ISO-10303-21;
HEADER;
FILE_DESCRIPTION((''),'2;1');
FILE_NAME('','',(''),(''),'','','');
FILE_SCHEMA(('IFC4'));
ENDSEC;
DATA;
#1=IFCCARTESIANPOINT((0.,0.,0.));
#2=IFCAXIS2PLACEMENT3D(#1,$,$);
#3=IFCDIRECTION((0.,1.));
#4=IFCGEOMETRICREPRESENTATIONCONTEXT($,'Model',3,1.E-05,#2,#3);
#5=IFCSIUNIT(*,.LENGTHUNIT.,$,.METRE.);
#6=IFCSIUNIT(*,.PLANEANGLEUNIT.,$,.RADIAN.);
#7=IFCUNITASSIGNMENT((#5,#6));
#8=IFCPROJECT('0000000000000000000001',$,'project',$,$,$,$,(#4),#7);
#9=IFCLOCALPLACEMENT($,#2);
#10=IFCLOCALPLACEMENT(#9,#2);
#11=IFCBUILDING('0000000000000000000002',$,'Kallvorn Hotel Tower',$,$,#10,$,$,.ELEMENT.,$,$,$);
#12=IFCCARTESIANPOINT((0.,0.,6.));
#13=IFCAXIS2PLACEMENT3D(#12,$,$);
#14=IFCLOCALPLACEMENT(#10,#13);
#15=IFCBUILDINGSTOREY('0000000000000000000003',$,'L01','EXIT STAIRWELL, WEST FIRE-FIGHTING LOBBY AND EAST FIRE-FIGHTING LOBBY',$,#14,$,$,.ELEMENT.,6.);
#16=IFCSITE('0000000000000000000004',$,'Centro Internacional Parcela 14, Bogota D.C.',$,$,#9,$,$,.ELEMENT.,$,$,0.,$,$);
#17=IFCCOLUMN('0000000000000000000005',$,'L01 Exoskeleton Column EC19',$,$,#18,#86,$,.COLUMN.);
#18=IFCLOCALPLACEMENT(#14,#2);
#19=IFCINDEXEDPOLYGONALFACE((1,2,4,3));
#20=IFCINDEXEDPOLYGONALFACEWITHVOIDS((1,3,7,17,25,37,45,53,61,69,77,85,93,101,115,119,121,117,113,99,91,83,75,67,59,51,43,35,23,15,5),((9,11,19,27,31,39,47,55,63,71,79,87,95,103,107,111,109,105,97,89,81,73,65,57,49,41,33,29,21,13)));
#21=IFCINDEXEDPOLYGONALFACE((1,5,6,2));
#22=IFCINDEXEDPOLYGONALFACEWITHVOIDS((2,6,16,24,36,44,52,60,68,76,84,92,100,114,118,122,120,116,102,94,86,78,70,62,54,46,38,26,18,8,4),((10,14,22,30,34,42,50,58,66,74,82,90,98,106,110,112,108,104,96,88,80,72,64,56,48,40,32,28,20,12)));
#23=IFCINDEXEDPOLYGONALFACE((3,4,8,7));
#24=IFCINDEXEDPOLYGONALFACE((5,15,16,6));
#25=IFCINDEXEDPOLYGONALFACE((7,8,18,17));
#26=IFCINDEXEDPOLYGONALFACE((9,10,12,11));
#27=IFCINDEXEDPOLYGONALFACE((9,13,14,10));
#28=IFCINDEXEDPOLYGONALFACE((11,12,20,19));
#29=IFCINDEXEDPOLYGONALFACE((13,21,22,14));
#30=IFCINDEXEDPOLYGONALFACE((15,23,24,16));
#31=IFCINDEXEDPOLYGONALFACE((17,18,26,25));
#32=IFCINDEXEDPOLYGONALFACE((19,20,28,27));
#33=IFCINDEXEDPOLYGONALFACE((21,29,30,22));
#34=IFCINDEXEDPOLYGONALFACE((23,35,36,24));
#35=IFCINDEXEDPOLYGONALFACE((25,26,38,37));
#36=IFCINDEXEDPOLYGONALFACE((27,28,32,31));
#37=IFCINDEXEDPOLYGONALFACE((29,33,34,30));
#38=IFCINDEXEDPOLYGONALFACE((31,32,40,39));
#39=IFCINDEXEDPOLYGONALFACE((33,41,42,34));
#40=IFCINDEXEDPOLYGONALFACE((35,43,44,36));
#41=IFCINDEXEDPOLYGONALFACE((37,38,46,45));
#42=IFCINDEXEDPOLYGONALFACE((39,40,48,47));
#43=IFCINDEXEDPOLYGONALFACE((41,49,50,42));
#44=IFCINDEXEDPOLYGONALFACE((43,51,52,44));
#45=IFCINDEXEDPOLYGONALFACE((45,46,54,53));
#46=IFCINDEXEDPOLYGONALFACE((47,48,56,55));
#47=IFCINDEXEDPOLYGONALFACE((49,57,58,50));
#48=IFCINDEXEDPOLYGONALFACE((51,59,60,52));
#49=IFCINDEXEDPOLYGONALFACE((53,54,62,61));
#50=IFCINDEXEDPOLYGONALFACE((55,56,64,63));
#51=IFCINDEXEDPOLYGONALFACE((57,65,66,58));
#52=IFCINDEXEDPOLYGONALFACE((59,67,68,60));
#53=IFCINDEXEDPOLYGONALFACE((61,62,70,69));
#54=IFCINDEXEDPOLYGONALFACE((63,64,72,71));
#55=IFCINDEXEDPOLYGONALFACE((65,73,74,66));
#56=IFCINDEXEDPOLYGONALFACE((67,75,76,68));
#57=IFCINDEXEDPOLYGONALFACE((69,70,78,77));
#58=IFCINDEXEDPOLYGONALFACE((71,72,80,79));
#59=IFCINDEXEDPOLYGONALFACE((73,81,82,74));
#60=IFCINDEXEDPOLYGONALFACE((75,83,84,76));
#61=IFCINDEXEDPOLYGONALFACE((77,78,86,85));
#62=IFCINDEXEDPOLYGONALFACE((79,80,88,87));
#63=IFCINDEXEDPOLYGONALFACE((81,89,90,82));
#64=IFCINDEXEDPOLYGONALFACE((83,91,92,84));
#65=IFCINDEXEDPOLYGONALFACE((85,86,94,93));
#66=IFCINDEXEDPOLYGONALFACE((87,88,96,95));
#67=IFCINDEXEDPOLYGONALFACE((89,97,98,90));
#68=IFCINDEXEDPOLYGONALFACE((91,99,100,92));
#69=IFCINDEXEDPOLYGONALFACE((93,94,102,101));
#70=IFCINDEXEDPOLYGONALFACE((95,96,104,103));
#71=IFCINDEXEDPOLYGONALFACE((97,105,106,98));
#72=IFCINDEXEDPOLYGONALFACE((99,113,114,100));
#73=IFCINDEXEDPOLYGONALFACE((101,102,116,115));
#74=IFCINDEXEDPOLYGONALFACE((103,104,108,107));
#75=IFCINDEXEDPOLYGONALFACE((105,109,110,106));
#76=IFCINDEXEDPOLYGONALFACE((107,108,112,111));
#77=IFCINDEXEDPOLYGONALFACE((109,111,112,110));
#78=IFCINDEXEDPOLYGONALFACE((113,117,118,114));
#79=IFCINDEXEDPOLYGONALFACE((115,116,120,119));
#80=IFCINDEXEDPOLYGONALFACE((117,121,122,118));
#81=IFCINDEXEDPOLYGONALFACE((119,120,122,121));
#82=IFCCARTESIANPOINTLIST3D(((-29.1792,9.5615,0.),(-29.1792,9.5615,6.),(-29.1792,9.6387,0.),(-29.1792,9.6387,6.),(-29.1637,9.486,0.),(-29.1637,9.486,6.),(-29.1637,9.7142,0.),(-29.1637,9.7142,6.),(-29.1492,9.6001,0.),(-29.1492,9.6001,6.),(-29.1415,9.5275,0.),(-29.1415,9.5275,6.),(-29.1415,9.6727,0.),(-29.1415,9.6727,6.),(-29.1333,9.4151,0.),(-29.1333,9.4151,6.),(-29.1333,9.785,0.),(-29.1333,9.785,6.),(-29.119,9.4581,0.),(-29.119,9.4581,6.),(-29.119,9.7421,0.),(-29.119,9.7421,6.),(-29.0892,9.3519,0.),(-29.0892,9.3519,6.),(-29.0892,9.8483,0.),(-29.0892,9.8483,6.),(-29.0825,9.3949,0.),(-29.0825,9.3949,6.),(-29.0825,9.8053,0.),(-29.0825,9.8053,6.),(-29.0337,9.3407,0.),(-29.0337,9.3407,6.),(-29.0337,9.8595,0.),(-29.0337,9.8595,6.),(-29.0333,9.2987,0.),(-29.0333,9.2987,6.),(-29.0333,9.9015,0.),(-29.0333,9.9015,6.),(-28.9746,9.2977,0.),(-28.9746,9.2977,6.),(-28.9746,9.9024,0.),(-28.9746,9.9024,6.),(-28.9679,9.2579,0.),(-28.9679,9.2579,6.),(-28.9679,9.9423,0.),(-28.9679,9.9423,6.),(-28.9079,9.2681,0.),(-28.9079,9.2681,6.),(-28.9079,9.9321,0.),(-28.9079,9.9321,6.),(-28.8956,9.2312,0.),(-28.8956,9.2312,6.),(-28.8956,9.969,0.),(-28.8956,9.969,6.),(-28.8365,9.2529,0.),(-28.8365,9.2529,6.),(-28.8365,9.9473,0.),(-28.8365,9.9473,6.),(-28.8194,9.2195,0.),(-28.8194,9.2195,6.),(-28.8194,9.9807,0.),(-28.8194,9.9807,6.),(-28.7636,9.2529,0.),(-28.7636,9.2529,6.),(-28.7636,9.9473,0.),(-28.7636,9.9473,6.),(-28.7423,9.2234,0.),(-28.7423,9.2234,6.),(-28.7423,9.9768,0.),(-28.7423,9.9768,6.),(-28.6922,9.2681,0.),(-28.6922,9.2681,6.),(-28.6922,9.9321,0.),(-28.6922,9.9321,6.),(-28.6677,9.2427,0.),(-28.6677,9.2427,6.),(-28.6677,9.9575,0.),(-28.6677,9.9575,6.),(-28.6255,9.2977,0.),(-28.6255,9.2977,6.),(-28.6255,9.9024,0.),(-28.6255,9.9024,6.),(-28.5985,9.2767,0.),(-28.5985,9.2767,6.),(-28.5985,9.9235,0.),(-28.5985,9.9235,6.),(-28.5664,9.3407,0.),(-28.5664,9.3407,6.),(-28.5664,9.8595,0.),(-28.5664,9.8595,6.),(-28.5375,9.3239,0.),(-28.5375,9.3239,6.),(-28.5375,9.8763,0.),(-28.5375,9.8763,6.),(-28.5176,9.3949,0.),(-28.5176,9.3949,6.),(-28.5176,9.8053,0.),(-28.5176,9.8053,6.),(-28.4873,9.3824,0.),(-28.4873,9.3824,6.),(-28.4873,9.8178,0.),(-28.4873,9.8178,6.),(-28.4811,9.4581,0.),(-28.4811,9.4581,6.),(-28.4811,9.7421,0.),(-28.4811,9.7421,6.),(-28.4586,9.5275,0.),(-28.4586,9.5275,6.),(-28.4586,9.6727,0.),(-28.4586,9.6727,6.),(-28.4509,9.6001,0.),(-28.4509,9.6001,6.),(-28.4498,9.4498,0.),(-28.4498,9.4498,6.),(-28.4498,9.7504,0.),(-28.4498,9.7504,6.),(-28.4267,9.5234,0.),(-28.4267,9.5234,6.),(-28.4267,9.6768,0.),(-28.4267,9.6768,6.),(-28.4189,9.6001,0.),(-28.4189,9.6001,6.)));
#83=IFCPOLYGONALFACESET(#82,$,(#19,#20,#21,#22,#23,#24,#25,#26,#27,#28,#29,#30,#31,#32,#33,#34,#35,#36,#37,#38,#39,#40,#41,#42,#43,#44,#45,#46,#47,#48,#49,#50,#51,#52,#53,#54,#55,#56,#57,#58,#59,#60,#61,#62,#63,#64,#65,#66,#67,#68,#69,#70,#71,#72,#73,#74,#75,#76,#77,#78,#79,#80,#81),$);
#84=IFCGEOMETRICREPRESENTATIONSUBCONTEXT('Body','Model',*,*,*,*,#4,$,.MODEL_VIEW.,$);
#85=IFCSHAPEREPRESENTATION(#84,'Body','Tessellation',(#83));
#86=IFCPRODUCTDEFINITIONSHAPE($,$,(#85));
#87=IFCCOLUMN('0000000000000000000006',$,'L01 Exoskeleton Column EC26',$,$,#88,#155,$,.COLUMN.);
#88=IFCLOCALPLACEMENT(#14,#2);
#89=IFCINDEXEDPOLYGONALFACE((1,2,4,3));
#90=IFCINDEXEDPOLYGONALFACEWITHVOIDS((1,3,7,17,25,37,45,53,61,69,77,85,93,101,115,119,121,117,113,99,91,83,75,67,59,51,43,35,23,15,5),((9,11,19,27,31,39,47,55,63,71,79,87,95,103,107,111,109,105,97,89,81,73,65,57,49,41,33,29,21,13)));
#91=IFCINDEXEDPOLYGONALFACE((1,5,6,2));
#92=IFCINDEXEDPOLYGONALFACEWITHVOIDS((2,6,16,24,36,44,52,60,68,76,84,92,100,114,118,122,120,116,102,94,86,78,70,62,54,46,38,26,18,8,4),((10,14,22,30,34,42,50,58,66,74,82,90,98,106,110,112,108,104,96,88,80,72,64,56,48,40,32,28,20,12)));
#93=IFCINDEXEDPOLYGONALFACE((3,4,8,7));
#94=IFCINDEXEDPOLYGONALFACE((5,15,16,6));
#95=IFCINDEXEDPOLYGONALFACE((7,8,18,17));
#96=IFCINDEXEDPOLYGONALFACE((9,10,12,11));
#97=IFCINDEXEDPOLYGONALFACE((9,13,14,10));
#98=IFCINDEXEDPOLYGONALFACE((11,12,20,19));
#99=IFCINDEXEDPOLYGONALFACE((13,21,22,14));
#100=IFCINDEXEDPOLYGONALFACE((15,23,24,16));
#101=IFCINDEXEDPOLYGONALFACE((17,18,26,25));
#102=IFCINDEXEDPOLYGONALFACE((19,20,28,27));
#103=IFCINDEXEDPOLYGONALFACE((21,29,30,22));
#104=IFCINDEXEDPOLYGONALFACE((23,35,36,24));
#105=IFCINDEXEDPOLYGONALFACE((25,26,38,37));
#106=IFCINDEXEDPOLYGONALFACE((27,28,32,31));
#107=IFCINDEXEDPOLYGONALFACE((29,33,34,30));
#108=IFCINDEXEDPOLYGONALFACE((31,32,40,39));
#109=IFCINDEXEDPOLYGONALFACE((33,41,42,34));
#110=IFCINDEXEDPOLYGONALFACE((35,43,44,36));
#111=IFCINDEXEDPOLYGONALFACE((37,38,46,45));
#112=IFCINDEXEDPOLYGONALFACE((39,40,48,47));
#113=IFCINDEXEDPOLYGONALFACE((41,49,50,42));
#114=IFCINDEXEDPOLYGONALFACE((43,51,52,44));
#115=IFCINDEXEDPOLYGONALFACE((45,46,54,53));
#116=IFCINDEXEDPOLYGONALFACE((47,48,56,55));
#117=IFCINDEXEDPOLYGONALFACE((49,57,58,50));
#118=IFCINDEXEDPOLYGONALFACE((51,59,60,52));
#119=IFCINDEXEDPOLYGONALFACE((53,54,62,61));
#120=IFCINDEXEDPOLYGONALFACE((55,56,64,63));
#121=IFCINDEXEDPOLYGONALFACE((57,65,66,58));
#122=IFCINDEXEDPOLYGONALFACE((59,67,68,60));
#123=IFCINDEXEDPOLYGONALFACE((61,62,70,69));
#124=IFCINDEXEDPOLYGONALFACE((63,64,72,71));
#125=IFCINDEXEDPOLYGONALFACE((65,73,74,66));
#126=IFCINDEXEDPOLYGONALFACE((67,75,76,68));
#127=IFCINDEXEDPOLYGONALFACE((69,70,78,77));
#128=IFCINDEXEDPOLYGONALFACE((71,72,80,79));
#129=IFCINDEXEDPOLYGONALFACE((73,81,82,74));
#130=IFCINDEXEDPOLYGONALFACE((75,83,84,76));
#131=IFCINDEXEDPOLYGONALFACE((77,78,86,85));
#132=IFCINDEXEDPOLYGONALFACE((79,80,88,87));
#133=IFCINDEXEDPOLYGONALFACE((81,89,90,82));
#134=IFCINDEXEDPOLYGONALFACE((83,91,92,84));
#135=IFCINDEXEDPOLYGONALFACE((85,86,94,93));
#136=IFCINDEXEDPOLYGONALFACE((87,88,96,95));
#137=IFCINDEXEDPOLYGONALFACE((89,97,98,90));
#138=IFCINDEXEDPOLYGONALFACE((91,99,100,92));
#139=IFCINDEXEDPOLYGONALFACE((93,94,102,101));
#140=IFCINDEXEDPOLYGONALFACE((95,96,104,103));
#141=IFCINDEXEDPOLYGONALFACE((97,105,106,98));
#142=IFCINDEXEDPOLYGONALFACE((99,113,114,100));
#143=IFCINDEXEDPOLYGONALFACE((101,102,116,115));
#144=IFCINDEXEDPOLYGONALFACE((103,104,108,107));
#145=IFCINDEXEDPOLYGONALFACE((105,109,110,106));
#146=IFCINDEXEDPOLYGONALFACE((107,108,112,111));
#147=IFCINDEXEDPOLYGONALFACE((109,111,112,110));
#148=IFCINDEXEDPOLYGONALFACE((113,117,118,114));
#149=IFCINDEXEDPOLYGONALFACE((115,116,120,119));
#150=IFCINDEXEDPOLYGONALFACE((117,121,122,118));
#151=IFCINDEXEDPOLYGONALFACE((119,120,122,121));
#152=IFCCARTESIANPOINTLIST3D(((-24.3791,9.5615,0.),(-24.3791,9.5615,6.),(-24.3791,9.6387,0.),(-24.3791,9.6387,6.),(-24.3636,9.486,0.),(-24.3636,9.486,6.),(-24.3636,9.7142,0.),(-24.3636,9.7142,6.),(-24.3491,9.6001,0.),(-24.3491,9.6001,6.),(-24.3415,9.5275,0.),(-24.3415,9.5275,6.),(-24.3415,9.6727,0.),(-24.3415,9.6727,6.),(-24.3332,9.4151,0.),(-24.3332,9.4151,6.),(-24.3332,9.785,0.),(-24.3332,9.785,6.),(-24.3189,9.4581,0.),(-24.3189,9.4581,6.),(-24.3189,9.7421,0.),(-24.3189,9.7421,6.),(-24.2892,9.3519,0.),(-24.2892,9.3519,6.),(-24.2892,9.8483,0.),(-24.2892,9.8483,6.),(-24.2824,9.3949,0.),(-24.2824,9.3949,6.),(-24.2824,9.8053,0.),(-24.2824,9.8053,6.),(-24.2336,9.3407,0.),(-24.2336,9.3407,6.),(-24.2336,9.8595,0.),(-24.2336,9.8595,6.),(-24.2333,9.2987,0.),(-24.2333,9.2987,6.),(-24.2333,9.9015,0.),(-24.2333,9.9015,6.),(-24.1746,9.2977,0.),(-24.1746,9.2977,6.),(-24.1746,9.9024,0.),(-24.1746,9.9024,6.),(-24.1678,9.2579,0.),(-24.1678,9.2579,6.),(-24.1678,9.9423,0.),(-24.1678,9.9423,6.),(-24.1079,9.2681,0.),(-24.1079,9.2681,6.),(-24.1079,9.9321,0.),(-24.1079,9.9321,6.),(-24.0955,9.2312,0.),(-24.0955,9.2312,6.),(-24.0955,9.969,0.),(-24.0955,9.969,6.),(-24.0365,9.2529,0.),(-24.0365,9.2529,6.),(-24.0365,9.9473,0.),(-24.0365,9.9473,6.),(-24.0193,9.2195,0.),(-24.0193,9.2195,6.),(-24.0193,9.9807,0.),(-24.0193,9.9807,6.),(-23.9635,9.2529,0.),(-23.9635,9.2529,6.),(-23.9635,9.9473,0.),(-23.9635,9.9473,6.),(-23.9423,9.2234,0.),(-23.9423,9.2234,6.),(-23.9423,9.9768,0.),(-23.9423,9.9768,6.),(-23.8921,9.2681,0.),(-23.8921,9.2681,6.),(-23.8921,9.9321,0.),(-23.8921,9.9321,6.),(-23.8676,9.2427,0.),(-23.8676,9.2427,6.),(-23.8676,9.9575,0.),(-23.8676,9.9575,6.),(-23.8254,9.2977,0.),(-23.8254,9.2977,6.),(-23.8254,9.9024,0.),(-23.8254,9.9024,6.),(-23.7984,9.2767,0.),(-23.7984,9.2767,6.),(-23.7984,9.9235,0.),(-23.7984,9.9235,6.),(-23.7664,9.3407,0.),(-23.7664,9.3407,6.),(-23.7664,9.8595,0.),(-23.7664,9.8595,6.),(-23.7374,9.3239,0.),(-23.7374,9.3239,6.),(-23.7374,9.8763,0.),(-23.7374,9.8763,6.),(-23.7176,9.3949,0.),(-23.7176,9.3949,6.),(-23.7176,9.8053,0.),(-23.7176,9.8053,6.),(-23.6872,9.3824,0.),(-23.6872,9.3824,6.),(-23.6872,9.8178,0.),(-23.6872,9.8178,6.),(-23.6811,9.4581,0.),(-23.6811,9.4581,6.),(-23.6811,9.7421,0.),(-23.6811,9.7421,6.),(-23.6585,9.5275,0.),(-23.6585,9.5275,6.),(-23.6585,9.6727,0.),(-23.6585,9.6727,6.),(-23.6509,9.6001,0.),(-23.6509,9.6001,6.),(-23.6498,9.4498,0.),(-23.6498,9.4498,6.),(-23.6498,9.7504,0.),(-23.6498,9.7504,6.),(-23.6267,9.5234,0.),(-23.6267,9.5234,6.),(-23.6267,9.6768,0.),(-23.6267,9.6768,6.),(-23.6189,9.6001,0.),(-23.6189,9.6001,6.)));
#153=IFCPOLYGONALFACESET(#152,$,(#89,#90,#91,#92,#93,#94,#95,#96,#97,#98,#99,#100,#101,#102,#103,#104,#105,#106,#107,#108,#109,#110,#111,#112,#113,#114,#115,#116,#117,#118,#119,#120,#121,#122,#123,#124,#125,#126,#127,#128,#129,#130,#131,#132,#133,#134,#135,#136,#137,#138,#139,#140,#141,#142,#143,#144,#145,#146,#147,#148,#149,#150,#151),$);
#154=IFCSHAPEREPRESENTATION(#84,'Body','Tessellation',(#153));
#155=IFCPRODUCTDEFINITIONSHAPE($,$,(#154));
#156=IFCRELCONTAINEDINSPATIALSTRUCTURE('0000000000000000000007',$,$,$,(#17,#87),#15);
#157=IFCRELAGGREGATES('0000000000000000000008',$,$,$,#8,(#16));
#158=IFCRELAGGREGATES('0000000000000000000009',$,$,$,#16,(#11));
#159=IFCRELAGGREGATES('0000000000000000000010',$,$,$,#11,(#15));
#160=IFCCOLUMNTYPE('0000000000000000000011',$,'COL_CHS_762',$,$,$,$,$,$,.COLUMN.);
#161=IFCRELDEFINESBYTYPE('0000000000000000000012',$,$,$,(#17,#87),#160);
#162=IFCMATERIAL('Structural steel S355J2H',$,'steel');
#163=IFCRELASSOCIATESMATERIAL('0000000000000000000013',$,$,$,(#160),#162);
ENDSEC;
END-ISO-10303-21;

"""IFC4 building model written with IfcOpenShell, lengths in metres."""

from ifc_helpers import new_model, si_unit, direction, frame, origin, origin_2d, place, context, subcontext, project, spatial, hollow_circle, extrude, material, material_profile, profile_set, type_object, element, save


model = new_model("IFC4")

# Units and contexts
model_context = context("Model", 3, precision=1e-05, world=origin(), true_north=direction((0.0, 1.0)))
body_context = subcontext(model_context, "Body", "Model", "MODEL_VIEW")
ifc_project = project(units=[si_unit("LENGTHUNIT", "METRE"), si_unit("PLANEANGLEUNIT", "RADIAN")], contexts=[model_context])

# Site, building, storey
site_placement = place(None, origin())
site = spatial("IfcSite", under=ifc_project, at=site_placement, Name="Centro Internacional Parcela 14, Bogota D.C.", CompositionType="ELEMENT", RefElevation=0.0)
building_placement = place(site_placement, origin())
building = spatial("IfcBuilding", under=site, at=building_placement, Name="Kallvorn Hotel Tower", CompositionType="ELEMENT")
storey_placement = place(building_placement, frame((0.0, 0.0, 6.0)))
storey = spatial("IfcBuildingStorey", under=building, at=storey_placement, Name="L01", Description="EXIT STAIRWELL, WEST FIRE-FIGHTING LOBBY AND EAST FIRE-FIGHTING LOBBY", CompositionType="ELEMENT", Elevation=6.0)

# Columns
ifc_material_1 = material(Name="Structural steel S355J2H", Category="steel")
ifc_material_profile_1 = material_profile(ifc_material_1, hollow_circle(Radius=0.3811, WallThickness=0.032, at=origin_2d()), Name="CHS 762x32")
ifc_profile_set_1 = profile_set([ifc_material_profile_1], Name="Structural steel S355J2H")
column_type_1 = type_object("IfcColumnType", Name="COL_CHS_762", PredefinedType="COLUMN", material=ifc_profile_set_1)
for number, where, z_axis, x_axis, name in (
    (1, (-28.8, 9.6001, 0.0), (0.0, 0.0, 1.0), (1.0, 0.0, 0.0), "L01 Exoskeleton Column EC19"),
    (2, (-24.0, 9.6001, 0.0), (0.0, 0.0, 1.0), (1.0, 0.0, 0.0), "L01 Exoskeleton Column EC26"),
):
    element("IfcColumn", number, at=place(storey_placement, frame(where, z_axis=z_axis, x_axis=x_axis)), inside=storey, type_object=column_type_1, Name=name, PredefinedType="COLUMN", context=body_context, shape_type="SweptSolid", body=[
        extrude(hollow_circle(Radius=0.3811, WallThickness=0.032, at=origin_2d()), origin(), (0.0, 0.0, 1.0), 6.0),
    ])

save(model, "model.ifc")
